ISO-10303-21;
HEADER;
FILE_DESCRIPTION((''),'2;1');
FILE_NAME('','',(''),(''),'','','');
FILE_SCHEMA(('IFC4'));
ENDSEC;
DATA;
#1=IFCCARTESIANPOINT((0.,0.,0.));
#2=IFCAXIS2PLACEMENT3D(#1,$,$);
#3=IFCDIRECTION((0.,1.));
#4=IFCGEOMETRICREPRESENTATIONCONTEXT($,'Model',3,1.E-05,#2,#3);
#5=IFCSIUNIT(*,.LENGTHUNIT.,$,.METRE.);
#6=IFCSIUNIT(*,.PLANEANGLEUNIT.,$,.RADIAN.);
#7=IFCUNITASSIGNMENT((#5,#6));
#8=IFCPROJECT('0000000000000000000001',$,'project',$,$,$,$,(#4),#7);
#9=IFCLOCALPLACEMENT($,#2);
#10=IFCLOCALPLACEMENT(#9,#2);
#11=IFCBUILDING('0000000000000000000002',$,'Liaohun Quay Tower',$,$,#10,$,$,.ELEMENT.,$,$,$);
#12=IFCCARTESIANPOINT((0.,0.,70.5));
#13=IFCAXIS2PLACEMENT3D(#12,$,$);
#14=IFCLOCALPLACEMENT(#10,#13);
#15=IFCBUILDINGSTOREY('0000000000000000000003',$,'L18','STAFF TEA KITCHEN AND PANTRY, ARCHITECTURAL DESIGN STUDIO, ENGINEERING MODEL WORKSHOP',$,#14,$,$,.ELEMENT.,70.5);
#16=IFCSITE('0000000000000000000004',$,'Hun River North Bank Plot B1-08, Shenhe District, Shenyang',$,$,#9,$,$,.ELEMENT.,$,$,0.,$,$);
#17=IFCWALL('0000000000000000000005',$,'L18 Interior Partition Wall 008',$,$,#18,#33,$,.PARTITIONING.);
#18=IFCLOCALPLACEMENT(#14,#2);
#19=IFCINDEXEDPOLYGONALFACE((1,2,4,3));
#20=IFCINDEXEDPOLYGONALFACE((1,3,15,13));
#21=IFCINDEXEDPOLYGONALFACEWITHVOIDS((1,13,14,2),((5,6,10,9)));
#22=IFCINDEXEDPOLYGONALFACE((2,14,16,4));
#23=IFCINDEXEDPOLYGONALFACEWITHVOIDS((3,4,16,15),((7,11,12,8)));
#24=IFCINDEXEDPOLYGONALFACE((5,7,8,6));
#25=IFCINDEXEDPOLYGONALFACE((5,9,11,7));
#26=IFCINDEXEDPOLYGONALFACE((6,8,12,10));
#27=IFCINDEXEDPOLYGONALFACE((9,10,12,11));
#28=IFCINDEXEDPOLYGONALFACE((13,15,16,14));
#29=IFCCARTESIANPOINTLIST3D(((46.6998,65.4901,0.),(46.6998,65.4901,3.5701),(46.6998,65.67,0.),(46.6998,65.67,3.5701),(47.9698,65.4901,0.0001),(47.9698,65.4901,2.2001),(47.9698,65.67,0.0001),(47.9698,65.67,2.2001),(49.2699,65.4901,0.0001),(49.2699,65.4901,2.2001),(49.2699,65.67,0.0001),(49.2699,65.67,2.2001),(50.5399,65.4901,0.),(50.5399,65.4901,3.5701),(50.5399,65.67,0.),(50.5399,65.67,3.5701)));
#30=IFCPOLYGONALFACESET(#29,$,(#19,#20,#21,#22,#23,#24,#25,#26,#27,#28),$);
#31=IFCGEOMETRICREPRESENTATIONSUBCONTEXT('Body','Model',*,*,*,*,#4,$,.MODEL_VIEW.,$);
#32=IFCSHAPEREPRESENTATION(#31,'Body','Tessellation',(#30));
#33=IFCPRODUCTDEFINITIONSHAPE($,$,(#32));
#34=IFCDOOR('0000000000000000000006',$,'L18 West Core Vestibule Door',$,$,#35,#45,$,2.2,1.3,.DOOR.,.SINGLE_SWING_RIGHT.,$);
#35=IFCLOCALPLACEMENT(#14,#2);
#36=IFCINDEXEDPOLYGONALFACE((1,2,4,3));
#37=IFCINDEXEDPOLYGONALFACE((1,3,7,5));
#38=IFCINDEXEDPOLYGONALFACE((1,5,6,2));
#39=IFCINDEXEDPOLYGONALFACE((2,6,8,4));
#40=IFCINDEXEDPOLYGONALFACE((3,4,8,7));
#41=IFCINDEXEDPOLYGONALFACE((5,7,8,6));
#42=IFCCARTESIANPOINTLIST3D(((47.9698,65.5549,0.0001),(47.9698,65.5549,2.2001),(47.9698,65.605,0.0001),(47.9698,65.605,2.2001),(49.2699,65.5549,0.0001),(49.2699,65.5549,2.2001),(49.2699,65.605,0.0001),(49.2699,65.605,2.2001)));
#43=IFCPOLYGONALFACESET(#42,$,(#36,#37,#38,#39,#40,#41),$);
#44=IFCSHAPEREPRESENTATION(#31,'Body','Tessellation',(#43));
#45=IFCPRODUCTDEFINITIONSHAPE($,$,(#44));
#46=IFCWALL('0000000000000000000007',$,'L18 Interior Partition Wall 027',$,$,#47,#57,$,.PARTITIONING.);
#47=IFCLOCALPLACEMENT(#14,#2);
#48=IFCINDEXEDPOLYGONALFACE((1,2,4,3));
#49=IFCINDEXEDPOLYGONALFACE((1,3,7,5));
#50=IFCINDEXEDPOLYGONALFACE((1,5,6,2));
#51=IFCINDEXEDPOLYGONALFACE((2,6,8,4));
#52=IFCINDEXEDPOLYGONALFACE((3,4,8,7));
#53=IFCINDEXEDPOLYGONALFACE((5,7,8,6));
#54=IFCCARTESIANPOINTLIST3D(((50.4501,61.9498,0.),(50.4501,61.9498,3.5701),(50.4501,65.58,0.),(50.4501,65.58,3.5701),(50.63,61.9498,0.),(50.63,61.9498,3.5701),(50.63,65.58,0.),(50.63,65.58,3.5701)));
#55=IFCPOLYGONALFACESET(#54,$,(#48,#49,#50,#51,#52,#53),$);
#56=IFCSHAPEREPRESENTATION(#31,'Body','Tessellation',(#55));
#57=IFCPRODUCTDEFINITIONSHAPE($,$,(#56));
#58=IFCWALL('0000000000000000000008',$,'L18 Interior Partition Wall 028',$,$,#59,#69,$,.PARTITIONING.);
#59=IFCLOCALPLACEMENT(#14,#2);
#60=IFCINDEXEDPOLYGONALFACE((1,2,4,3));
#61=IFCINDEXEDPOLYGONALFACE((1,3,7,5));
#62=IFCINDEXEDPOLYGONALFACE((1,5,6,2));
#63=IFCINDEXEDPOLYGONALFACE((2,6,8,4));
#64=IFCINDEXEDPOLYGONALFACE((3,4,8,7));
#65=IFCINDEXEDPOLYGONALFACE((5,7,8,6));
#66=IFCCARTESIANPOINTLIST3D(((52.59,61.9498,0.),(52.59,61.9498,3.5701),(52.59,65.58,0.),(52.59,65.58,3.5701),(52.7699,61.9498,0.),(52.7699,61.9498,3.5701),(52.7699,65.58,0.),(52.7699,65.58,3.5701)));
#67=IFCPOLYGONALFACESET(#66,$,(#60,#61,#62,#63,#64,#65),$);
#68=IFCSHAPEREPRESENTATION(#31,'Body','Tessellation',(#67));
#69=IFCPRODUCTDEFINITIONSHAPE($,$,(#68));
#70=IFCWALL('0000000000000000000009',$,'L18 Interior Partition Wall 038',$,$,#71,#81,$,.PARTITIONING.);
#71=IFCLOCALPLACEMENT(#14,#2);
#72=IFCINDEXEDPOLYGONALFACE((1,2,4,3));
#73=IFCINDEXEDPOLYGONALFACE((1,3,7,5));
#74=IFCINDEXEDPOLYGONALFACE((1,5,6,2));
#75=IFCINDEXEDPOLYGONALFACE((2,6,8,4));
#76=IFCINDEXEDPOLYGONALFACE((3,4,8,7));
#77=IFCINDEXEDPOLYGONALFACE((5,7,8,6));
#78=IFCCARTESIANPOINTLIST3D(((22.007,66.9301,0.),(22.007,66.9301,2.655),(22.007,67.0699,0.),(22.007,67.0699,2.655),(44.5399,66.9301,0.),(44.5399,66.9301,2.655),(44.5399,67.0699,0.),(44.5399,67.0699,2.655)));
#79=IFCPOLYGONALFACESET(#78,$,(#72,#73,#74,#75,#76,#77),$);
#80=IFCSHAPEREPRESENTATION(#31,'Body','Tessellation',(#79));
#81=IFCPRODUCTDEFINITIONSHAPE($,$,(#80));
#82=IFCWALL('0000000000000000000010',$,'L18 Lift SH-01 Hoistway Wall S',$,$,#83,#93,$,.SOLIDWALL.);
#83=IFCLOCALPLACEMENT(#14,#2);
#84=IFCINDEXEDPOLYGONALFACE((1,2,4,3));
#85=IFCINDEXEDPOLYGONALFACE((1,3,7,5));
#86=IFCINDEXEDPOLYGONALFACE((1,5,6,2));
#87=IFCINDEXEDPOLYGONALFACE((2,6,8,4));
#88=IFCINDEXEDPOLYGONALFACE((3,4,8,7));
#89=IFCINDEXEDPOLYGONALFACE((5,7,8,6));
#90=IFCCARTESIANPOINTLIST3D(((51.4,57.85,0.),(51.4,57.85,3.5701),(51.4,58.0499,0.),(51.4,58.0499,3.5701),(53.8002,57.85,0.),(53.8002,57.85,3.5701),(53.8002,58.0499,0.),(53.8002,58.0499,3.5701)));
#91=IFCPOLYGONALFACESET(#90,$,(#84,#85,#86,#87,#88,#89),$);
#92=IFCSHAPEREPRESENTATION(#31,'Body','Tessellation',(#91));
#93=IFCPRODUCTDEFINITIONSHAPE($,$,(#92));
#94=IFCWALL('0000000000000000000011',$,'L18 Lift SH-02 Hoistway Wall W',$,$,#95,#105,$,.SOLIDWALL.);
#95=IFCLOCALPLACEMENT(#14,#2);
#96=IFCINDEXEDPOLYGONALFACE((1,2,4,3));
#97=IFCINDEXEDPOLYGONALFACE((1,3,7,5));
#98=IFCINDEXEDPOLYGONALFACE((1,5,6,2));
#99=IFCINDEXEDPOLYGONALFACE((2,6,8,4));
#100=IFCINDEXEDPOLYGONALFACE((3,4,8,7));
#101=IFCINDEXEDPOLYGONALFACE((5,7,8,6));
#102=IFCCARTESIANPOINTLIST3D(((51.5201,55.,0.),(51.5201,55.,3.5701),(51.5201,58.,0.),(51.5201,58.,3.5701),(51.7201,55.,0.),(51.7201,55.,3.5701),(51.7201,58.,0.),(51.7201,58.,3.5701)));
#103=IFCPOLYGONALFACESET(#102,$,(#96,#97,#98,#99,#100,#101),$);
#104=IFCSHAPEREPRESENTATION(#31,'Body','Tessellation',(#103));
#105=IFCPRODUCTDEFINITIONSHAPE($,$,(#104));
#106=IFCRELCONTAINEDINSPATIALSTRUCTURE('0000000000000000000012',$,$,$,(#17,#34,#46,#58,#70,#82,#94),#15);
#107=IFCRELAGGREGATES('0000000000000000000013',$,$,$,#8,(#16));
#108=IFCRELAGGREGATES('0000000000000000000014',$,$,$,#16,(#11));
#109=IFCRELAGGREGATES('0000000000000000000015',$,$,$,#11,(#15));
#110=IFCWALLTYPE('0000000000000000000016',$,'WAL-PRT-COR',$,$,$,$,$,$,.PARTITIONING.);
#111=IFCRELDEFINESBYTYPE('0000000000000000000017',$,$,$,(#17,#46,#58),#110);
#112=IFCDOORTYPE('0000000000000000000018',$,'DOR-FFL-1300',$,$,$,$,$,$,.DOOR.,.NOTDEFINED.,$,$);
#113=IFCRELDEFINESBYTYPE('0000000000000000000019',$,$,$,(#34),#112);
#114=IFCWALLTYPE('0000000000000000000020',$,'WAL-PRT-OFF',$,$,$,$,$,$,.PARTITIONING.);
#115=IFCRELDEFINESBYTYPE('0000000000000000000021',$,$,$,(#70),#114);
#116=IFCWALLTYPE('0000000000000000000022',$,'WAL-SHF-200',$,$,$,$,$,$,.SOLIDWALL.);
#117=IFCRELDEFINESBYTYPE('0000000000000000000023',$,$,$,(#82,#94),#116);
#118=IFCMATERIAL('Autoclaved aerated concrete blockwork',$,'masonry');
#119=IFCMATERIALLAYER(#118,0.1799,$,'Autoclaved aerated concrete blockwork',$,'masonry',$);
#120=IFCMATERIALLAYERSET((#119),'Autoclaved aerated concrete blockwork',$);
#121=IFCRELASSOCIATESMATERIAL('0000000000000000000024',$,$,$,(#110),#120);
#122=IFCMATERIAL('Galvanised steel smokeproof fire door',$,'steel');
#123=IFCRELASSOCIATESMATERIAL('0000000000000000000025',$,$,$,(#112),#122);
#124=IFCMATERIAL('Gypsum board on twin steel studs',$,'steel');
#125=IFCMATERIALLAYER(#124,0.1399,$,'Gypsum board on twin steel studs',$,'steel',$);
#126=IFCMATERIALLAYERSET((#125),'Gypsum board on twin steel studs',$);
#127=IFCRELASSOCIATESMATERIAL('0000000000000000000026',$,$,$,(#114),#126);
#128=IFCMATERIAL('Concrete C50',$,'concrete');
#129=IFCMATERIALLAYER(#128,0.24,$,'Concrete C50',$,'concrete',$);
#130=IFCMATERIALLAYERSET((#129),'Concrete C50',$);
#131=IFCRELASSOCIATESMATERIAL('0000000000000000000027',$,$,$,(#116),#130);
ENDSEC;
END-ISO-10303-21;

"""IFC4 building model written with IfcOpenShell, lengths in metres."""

from ifc_helpers import new_model, si_unit, direction, frame, frame_2d, origin, place, context, subcontext, project, spatial, rectangle, extrude, source, transform, mapped, material, layer, layer_set, type_object, element, fill, save


model = new_model("IFC4")

# Units and contexts
model_context = context("Model", 3, precision=1e-05, world=origin(), true_north=direction((0.0, 1.0)))
body_context = subcontext(model_context, "Body", "Model", "MODEL_VIEW")
ifc_project = project(units=[si_unit("LENGTHUNIT", "METRE"), si_unit("PLANEANGLEUNIT", "RADIAN")], contexts=[model_context])

# Site, building, storey
site_placement = place(None, origin())
site = spatial("IfcSite", under=ifc_project, at=site_placement, Name="Hun River North Bank Plot B1-08, Shenhe District, Shenyang", CompositionType="ELEMENT", RefElevation=0.0)
building_placement = place(site_placement, origin())
building = spatial("IfcBuilding", under=site, at=building_placement, Name="Liaohun Quay Tower", CompositionType="ELEMENT")
storey_placement = place(building_placement, frame((0.0, 0.0, 70.5)))
storey = spatial("IfcBuildingStorey", under=building, at=storey_placement, Name="L18", Description="STAFF TEA KITCHEN AND PANTRY, ARCHITECTURAL DESIGN STUDIO, ENGINEERING MODEL WORKSHOP", CompositionType="ELEMENT", Elevation=70.5)

# Wall, opening, door
ifc_material_1 = material(Name="Autoclaved aerated concrete blockwork", Category="masonry")
ifc_layer_1 = layer(ifc_material_1, 0.1799, Name="Autoclaved aerated concrete blockwork", Category="masonry")
ifc_layer_set_1 = layer_set([ifc_layer_1], Name="Autoclaved aerated concrete blockwork")
wall_type_1 = type_object("IfcWallType", Name="WAL-PRT-COR", PredefinedType="PARTITIONING", material=ifc_layer_set_1)
wall_1_placement = place(storey_placement, frame((46.7, 65.5801, 0.0), z_axis=(0.0, 0.0, 1.0), x_axis=(1.0, 0.0, 0.0)))
wall_1 = element("IfcWall", 1, at=wall_1_placement, inside=storey, type_object=wall_type_1, Name="L18 Interior Partition Wall 008", PredefinedType="PARTITIONING", context=body_context, shape_type="SweptSolid", body=[
    extrude(rectangle(XDim=3.8401, YDim=0.1799, at=frame_2d((1.9199, 0.0))), origin(), (0.0, 0.0, 1.0), 3.5701),
])
shared_shape_1 = source(origin(), body_context, "Body", "SweptSolid", [
    extrude(rectangle(XDim=1.3, YDim=2.2, at=frame_2d((0.6499, 1.1001))), frame((0.0, 0.0999, 0.0), z_axis=(0.0, -1.0, 0.0), x_axis=(1.0, 0.0, 0.0)), (0.0, 0.0, 1.0), 0.2),
])
opening_1_placement = place(wall_1_placement, frame((1.27, 0.0, 0.0)))
opening_1 = element("IfcOpeningElement", 2, at=opening_1_placement, cuts=wall_1, PredefinedType="OPENING", context=body_context, shape_type="MappedRepresentation", body=[
    mapped(shared_shape_1, transform((0.0, 0.0, 0.0), x_axis=(1.0, 0.0, 0.0), y_axis=(0.0, 1.0, 0.0), z_axis=(0.0, 0.0, 1.0), scale=1.0)),
])
ifc_material_2 = material(Name="Galvanised steel smokeproof fire door", Category="steel")
door_type_1 = type_object("IfcDoorType", Name="DOR-FFL-1300", OperationType="NOTDEFINED", PredefinedType="DOOR", material=ifc_material_2)
shared_shape_2 = source(origin(), body_context, "Body", "SweptSolid", [
    extrude(rectangle(XDim=1.3, YDim=2.2, at=frame_2d((0.6499, 1.1001))), frame((0.0, 0.0249, 0.0), z_axis=(0.0, -1.0, 0.0), x_axis=(1.0, 0.0, 0.0)), (0.0, 0.0, 1.0), 0.05),
])
door_1_placement = place(opening_1_placement, origin())
door_1 = element("IfcDoor", 3, at=door_1_placement, inside=storey, type_object=door_type_1, Name="L18 West Core Vestibule Door", OperationType="SINGLE_SWING_RIGHT", OverallHeight=2.2, OverallWidth=1.3, PredefinedType="DOOR", context=body_context, shape_type="MappedRepresentation", body=[
    mapped(shared_shape_2, transform((0.0, 0.0, 0.0), x_axis=(1.0, 0.0, 0.0), y_axis=(0.0, 1.0, 0.0), z_axis=(0.0, 0.0, 1.0), scale=1.0)),
])
fill(opening_1, door_1)

# Walls
for number, where, z_axis, x_axis, name in (
    (4, (50.54, 61.95, 0.0), (0.0, 0.0, 1.0), (0.0, 1.0, 0.0), "L18 Interior Partition Wall 027"),
    (5, (52.6799, 61.95, 0.0), (0.0, 0.0, 1.0), (0.0, 1.0, 0.0), "L18 Interior Partition Wall 028"),
):
    element("IfcWall", number, at=place(storey_placement, frame(where, z_axis=z_axis, x_axis=x_axis)), inside=storey, type_object=wall_type_1, Name=name, PredefinedType="PARTITIONING", context=body_context, shape_type="SweptSolid", body=[
        extrude(rectangle(XDim=3.6301, YDim=0.1799, at=frame_2d((1.8149, 0.0))), origin(), (0.0, 0.0, 1.0), 3.5701),
    ])
ifc_material_3 = material(Name="Gypsum board on twin steel studs", Category="steel")
ifc_layer_2 = layer(ifc_material_3, 0.1399, Name="Gypsum board on twin steel studs", Category="steel")
ifc_layer_set_2 = layer_set([ifc_layer_2], Name="Gypsum board on twin steel studs")
wall_type_2 = type_object("IfcWallType", Name="WAL-PRT-OFF", PredefinedType="PARTITIONING", material=ifc_layer_set_2)
wall_2_placement = place(storey_placement, frame((44.54, 67.0, 0.0), z_axis=(0.0, 0.0, 1.0), x_axis=(-1.0, 0.0, 0.0)))
element("IfcWall", 6, at=wall_2_placement, inside=storey, type_object=wall_type_2, Name="L18 Interior Partition Wall 038", PredefinedType="PARTITIONING", context=body_context, shape_type="SweptSolid", body=[
    extrude(rectangle(XDim=22.533, YDim=0.1399, at=frame_2d((11.2666, 0.0))), origin(), (0.0, 0.0, 1.0), 2.655),
])
ifc_material_4 = material(Name="Concrete C50", Category="concrete")
ifc_layer_3 = layer(ifc_material_4, 0.24, Name="Concrete C50", Category="concrete")
ifc_layer_set_3 = layer_set([ifc_layer_3], Name="Concrete C50")
wall_type_3 = type_object("IfcWallType", Name="WAL-SHF-200", PredefinedType="SOLIDWALL", material=ifc_layer_set_3)
wall_3_placement = place(storey_placement, frame((51.3999, 57.95, 0.0), z_axis=(0.0, 0.0, 1.0), x_axis=(1.0, 0.0, 0.0)))
element("IfcWall", 7, at=wall_3_placement, inside=storey, type_object=wall_type_3, Name="L18 Lift SH-01 Hoistway Wall S", PredefinedType="SOLIDWALL", context=body_context, shape_type="SweptSolid", body=[
    extrude(rectangle(XDim=2.4001, YDim=0.2, at=frame_2d((1.2002, 0.0))), origin(), (0.0, 0.0, 1.0), 3.5701),
])
wall_4_placement = place(storey_placement, frame((51.6201, 58.0, 0.0), z_axis=(0.0, 0.0, 1.0), x_axis=(0.0, -1.0, 0.0)))
element("IfcWall", 8, at=wall_4_placement, inside=storey, type_object=wall_type_3, Name="L18 Lift SH-02 Hoistway Wall W", PredefinedType="SOLIDWALL", context=body_context, shape_type="SweptSolid", body=[
    extrude(rectangle(XDim=3.0, YDim=0.2, at=frame_2d((1.5, 0.0))), origin(), (0.0, 0.0, 1.0), 3.5701),
])

save(model, "model.ifc")
